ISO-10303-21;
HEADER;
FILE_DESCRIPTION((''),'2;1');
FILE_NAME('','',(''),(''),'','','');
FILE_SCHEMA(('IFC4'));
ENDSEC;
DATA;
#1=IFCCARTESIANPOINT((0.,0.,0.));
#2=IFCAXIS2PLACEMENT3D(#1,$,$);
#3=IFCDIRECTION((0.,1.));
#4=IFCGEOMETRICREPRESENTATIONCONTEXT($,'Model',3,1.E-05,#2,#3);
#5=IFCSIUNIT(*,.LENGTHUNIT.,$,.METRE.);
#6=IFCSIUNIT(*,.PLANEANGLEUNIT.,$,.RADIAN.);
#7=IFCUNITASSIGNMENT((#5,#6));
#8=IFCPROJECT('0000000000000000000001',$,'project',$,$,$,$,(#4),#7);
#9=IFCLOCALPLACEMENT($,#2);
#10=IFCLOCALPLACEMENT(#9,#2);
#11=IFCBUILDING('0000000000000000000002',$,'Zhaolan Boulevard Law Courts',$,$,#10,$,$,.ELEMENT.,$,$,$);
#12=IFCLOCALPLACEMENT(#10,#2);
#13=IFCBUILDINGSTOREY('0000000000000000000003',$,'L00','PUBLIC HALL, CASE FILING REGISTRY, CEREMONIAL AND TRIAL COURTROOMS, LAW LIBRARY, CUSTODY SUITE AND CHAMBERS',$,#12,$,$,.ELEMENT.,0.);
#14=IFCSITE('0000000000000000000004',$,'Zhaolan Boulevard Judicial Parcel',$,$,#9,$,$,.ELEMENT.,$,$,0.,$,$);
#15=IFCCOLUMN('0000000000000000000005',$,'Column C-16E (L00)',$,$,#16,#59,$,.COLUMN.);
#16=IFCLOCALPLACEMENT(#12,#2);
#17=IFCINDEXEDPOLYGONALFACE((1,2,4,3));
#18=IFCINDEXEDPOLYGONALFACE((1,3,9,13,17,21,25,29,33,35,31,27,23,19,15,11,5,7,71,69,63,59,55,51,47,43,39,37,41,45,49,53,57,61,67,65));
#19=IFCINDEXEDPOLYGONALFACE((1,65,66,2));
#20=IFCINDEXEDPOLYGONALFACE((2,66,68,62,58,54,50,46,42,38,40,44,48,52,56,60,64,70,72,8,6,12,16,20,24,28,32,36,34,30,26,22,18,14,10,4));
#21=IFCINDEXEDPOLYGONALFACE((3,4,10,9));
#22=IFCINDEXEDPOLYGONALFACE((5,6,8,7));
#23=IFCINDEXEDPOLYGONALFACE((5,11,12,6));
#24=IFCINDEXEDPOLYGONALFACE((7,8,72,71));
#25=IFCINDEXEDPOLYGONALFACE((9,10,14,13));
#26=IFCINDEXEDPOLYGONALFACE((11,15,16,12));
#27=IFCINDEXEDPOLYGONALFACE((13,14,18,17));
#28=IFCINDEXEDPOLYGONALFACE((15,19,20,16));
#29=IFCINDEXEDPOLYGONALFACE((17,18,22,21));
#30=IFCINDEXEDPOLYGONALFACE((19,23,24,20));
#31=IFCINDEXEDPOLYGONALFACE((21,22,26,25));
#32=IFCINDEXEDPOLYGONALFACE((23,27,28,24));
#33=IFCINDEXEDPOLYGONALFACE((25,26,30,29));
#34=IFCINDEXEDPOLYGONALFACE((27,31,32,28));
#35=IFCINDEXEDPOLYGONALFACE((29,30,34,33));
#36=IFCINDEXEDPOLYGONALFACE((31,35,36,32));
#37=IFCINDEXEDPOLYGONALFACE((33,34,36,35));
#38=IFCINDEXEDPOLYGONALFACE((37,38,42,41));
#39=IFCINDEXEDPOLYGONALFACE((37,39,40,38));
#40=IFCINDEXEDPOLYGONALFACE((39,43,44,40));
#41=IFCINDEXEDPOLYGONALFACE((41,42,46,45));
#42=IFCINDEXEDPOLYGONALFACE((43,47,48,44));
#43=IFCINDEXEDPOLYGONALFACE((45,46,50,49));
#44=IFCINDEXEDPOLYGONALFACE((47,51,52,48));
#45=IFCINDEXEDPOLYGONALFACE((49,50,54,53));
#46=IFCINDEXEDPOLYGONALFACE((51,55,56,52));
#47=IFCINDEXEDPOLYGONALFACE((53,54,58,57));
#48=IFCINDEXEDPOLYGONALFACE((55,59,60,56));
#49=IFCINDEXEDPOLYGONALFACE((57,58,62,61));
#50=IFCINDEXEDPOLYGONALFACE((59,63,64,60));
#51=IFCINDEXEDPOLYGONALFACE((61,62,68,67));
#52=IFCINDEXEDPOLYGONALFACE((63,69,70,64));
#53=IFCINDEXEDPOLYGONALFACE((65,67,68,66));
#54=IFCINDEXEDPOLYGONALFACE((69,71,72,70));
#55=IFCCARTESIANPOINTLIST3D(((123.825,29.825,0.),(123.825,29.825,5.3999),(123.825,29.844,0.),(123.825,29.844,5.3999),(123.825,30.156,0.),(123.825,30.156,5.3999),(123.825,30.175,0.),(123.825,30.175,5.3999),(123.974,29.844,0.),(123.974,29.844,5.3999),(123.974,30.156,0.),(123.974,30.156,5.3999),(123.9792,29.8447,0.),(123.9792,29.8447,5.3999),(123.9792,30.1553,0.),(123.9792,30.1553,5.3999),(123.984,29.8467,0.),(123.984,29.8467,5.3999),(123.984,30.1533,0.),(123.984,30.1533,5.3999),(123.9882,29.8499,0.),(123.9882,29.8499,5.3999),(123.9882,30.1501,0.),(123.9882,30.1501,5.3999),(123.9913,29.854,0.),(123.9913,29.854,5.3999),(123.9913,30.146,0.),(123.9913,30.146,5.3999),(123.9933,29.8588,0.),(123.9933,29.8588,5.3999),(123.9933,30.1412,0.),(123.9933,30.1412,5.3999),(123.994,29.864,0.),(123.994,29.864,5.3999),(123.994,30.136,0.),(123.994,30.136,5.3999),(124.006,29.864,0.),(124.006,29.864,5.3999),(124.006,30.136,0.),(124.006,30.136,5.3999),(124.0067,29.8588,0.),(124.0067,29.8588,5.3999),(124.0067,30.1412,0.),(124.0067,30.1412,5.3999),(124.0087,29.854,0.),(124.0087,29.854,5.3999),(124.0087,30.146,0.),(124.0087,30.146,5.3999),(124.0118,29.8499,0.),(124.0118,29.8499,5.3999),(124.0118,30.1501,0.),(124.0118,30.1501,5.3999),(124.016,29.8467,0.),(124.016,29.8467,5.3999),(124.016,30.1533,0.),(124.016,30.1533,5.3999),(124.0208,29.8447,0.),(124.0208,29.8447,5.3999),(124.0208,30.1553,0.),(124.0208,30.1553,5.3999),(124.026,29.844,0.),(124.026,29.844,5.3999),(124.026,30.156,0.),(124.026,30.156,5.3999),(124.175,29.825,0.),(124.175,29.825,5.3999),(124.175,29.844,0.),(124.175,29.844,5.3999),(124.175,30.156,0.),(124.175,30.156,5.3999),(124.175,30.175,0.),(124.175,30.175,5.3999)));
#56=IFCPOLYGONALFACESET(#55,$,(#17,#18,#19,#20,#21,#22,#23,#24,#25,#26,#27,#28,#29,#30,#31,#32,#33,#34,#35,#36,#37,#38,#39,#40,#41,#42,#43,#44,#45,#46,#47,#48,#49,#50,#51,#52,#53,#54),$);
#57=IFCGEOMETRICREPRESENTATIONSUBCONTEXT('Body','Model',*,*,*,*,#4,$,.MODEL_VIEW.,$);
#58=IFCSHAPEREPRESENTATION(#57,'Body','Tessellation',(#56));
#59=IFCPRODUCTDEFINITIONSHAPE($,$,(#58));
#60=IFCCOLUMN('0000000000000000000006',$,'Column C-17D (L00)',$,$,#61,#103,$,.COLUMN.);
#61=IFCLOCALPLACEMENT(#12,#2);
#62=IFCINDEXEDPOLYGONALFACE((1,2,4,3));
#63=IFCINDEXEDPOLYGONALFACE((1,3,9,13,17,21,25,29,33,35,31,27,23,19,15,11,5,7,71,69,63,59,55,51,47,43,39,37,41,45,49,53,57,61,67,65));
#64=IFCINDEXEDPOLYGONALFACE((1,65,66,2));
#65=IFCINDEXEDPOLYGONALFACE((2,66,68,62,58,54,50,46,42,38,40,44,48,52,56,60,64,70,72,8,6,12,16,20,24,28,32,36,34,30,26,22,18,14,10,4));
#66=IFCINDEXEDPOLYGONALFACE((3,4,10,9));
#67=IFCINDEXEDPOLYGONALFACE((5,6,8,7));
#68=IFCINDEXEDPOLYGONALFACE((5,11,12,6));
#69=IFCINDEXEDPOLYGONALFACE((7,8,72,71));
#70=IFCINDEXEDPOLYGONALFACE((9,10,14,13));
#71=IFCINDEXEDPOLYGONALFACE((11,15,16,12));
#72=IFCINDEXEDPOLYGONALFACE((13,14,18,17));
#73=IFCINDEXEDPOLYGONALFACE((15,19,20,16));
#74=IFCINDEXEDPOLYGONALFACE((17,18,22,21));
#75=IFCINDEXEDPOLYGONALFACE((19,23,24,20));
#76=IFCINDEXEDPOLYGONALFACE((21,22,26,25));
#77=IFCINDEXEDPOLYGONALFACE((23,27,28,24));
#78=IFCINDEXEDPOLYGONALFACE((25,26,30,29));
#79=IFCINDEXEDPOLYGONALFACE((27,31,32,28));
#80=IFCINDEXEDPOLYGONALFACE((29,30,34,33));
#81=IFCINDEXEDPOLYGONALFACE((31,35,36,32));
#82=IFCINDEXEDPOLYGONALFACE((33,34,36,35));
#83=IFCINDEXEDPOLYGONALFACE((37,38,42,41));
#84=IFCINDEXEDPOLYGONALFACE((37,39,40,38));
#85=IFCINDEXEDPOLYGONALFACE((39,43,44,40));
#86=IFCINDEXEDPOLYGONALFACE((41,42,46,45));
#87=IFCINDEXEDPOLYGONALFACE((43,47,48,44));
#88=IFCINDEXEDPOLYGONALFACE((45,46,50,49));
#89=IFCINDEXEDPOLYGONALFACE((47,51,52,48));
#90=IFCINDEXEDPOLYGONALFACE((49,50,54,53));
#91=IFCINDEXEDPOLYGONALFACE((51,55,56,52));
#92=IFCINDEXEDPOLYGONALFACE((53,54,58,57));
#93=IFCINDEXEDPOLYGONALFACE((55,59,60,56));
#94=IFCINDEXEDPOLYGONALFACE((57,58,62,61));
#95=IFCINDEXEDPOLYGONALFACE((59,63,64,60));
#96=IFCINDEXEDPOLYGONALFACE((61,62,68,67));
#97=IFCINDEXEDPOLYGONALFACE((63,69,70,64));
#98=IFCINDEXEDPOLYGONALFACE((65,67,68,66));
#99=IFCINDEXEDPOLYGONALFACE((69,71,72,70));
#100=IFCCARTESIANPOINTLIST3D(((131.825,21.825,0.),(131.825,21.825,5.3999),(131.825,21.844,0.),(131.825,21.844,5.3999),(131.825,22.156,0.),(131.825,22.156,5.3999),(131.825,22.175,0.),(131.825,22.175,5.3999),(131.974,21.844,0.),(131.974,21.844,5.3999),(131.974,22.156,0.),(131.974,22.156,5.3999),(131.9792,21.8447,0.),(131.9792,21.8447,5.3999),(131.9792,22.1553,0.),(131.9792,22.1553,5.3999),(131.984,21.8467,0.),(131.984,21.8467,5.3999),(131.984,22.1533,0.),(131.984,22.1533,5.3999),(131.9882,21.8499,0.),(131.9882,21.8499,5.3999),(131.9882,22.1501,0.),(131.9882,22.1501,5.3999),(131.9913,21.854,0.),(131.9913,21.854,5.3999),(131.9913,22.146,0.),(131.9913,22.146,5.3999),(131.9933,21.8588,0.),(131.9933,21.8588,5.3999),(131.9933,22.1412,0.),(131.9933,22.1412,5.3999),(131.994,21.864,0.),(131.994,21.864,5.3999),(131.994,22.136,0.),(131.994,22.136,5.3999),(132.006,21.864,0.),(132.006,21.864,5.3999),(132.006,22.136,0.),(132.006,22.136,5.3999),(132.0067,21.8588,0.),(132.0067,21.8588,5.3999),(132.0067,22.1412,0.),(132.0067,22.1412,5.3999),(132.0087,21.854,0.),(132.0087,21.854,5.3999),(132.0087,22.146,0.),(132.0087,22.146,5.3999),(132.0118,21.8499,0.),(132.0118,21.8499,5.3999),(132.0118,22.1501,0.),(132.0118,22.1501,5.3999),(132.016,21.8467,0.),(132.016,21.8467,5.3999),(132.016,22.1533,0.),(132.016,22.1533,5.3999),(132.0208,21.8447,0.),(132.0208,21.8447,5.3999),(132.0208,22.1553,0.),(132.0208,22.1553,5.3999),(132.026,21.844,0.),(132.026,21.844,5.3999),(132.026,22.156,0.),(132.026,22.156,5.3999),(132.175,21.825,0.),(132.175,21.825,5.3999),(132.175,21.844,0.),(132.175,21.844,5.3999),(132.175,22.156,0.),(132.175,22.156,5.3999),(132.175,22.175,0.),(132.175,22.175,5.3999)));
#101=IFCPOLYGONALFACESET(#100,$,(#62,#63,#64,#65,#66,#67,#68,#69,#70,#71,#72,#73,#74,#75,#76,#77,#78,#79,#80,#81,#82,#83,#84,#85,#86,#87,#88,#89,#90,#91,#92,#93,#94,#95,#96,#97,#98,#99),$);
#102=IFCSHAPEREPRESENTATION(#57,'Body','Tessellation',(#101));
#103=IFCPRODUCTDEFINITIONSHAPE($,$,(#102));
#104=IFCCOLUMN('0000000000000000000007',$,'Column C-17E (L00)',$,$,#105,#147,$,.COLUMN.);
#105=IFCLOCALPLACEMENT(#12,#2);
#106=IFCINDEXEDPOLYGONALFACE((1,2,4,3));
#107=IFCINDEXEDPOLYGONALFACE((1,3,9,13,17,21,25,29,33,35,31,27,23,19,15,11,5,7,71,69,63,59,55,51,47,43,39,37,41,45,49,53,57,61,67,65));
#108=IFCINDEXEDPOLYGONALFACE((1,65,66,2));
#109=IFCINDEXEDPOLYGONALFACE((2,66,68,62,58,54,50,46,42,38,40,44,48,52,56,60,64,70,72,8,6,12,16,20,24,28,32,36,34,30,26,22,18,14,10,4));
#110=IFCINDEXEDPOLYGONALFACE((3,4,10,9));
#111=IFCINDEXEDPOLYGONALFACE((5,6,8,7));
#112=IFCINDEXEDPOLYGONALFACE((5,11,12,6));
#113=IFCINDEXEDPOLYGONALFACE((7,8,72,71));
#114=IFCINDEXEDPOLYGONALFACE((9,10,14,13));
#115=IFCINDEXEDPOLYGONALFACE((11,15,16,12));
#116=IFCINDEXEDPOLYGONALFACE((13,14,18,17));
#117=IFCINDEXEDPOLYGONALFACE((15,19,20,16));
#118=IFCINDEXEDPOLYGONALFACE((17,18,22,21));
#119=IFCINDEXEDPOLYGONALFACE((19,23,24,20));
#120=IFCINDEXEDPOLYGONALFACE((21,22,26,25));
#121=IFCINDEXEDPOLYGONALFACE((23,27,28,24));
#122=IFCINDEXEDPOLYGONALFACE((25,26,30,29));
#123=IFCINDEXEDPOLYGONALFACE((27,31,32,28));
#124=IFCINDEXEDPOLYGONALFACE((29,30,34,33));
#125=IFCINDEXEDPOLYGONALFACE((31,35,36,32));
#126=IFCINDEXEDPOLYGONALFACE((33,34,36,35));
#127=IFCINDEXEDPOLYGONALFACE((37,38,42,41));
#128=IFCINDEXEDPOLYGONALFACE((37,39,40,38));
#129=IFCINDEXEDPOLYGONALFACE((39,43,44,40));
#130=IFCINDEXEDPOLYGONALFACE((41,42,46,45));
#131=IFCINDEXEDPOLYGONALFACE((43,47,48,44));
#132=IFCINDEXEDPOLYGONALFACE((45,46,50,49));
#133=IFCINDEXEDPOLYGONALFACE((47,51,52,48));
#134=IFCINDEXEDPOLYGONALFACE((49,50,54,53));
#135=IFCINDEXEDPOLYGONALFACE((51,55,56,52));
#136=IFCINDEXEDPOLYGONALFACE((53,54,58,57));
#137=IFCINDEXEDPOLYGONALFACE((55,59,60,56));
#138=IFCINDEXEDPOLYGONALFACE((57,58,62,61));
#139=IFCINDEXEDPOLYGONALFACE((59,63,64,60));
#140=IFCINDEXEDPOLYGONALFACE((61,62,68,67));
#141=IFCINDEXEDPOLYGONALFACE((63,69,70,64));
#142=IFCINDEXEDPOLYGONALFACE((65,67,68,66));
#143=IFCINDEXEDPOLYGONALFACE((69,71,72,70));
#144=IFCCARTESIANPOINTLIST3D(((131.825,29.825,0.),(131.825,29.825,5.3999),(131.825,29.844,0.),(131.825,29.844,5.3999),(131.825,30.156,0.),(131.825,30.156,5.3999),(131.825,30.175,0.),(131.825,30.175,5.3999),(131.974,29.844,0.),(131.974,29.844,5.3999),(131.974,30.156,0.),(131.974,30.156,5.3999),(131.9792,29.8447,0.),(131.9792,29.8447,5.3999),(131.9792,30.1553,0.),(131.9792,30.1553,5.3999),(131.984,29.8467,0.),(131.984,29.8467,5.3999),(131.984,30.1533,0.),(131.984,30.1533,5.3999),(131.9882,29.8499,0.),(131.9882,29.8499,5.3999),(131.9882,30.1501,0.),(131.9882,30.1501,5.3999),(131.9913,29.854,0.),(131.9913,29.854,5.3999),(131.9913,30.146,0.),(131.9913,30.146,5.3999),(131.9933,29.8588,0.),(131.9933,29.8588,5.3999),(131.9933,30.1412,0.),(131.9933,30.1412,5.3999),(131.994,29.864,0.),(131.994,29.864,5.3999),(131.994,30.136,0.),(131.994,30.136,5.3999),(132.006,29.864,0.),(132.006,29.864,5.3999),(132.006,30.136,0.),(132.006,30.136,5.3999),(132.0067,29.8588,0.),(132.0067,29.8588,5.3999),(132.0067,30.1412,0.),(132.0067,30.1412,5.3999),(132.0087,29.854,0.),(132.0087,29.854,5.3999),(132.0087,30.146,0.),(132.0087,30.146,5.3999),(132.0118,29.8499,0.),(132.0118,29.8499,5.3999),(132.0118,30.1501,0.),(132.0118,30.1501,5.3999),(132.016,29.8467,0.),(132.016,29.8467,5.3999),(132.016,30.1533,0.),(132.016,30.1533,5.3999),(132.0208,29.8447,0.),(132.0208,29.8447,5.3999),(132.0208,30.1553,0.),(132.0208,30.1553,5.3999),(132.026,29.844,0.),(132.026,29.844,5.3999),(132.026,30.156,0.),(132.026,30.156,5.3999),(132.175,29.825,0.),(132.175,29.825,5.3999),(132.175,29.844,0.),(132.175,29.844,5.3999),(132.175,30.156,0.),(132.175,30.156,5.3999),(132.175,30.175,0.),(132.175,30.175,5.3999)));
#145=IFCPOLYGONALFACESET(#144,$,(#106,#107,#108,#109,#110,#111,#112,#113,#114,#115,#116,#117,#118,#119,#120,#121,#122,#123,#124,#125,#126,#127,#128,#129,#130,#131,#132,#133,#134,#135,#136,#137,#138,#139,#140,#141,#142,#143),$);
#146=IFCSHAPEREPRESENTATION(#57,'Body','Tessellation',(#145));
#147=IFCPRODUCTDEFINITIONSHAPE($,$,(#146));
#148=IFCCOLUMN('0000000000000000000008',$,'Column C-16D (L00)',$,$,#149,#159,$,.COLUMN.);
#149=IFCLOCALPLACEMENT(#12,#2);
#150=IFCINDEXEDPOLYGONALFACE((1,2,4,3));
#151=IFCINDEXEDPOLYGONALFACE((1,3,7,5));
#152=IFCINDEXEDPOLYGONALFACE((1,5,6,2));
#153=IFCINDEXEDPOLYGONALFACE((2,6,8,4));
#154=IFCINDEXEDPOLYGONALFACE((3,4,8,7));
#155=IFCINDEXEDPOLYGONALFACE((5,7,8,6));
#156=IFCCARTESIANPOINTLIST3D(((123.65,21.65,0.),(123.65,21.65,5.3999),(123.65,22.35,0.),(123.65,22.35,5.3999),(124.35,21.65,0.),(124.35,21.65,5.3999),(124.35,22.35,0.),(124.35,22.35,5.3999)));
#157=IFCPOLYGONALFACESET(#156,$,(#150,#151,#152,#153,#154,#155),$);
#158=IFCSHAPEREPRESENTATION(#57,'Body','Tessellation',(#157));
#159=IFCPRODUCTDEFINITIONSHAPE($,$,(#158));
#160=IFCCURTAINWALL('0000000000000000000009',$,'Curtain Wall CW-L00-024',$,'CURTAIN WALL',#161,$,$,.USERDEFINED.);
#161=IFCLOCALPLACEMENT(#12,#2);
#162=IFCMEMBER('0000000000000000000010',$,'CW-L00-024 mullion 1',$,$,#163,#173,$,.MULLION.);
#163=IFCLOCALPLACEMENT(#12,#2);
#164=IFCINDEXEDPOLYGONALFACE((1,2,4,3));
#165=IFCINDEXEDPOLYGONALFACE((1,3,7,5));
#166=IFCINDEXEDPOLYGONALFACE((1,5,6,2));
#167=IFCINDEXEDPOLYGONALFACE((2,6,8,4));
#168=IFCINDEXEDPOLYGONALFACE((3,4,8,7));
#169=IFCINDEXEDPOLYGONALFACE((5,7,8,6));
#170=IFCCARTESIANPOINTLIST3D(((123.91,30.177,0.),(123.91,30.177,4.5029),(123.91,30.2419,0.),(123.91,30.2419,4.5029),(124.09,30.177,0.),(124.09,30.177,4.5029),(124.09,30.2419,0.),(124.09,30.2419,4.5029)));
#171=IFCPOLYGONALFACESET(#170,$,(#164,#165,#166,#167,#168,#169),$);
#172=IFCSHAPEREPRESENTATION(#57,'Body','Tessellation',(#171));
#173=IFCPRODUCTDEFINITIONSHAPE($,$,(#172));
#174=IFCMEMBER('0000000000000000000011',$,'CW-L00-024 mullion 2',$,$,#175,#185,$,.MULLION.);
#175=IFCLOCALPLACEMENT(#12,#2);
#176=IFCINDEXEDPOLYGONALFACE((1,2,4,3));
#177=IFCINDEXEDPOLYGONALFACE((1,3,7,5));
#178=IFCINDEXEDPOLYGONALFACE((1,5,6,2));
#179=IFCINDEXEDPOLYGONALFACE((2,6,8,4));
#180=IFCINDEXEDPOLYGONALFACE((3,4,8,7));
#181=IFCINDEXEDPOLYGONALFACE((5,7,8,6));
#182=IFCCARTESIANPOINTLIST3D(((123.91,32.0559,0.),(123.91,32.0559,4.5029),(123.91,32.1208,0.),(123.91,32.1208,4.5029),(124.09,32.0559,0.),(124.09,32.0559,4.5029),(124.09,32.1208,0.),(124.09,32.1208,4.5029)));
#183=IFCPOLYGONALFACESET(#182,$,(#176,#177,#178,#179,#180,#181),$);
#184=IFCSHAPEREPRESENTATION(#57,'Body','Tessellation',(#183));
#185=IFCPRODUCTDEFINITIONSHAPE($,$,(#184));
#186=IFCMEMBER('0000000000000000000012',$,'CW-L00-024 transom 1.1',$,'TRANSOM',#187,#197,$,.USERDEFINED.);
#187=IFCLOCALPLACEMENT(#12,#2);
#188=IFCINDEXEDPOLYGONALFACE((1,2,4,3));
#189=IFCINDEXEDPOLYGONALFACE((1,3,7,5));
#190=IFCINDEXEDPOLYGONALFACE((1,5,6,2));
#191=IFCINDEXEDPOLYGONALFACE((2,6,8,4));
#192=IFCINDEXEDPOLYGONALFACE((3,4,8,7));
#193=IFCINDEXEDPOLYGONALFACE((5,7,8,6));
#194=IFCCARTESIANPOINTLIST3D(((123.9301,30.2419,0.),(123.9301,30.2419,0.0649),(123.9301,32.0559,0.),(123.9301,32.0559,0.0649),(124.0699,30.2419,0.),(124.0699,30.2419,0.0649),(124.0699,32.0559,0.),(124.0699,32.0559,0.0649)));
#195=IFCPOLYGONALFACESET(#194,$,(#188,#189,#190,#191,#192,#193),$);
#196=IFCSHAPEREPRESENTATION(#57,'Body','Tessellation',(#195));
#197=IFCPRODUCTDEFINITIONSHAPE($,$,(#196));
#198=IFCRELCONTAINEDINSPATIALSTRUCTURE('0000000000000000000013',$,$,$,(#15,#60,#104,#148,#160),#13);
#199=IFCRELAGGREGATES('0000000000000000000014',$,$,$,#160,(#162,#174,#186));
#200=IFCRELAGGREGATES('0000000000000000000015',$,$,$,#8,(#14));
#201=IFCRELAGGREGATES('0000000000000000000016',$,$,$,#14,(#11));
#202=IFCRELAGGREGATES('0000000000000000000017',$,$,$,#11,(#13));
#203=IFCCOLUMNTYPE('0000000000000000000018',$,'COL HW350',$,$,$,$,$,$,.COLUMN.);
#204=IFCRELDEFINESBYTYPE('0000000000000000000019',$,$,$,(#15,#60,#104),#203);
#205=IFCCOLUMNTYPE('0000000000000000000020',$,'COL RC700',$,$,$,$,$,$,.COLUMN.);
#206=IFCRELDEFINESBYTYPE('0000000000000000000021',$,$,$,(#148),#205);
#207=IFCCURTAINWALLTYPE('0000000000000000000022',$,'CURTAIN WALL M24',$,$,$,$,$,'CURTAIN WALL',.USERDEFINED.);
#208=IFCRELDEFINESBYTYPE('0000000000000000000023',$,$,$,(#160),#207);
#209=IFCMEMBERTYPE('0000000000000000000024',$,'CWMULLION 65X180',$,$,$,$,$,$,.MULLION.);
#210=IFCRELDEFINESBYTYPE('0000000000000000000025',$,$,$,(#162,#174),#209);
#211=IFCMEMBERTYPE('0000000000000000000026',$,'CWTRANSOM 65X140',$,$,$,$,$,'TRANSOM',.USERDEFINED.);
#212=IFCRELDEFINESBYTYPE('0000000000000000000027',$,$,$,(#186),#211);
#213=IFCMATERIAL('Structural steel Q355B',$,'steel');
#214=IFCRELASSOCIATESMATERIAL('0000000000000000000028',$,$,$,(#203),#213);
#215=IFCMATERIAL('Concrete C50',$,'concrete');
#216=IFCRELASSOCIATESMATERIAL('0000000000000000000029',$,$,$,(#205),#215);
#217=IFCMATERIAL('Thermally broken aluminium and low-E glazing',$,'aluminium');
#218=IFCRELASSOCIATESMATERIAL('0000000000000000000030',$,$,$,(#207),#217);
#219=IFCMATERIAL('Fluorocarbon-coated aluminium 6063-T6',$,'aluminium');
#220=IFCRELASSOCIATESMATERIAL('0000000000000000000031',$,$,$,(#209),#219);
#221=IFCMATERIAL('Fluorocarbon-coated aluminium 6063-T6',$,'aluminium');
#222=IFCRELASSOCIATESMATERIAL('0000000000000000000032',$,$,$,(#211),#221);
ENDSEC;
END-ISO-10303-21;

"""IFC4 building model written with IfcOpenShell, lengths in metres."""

from ifc_helpers import new_model, si_unit, direction, frame, origin, origin_2d, place, context, subcontext, project, spatial, rectangle, i_section, extrude, material, material_profile, profile_set, type_object, element, aggregate, save


model = new_model("IFC4")

# Units and contexts
model_context = context("Model", 3, precision=1e-05, world=origin(), true_north=direction((0.0, 1.0)))
body_context = subcontext(model_context, "Body", "Model", "MODEL_VIEW")
ifc_project = project(units=[si_unit("LENGTHUNIT", "METRE"), si_unit("PLANEANGLEUNIT", "RADIAN")], contexts=[model_context])

# Site, building, storey
site_placement = place(None, origin())
site = spatial("IfcSite", under=ifc_project, at=site_placement, Name="Zhaolan Boulevard Judicial Parcel", CompositionType="ELEMENT", RefElevation=0.0)
building_placement = place(site_placement, origin())
building = spatial("IfcBuilding", under=site, at=building_placement, Name="Zhaolan Boulevard Law Courts", CompositionType="ELEMENT")
storey_placement = place(building_placement, origin())
storey = spatial("IfcBuildingStorey", under=building, at=storey_placement, Name="L00", Description="PUBLIC HALL, CASE FILING REGISTRY, CEREMONIAL AND TRIAL COURTROOMS, LAW LIBRARY, CUSTODY SUITE AND CHAMBERS", CompositionType="ELEMENT", Elevation=0.0)

# Columns
ifc_material_1 = material(Name="Structural steel Q355B", Category="steel")
ifc_material_profile_1 = material_profile(ifc_material_1, i_section(OverallWidth=0.3501, OverallDepth=0.3501, WebThickness=0.012, FlangeThickness=0.019, FilletRadius=0.02, at=origin_2d()), Name="HW350x350")
ifc_profile_set_1 = profile_set([ifc_material_profile_1], Name="Structural steel Q355B")
column_type_1 = type_object("IfcColumnType", Name="COL HW350", PredefinedType="COLUMN", material=ifc_profile_set_1)
for number, where, z_axis, x_axis, name in (
    (1, (124.0, 30.0, 0.0), (0.0, 0.0, 1.0), (1.0, 0.0, 0.0), "Column C-16E (L00)"),
    (2, (132.0, 22.0, 0.0), (0.0, 0.0, 1.0), (1.0, 0.0, 0.0), "Column C-17D (L00)"),
    (3, (132.0, 30.0, 0.0), (0.0, 0.0, 1.0), (1.0, 0.0, 0.0), "Column C-17E (L00)"),
):
    element("IfcColumn", number, at=place(storey_placement, frame(where, z_axis=z_axis, x_axis=x_axis)), inside=storey, type_object=column_type_1, Name=name, PredefinedType="COLUMN", context=body_context, shape_type="SweptSolid", body=[
        extrude(i_section(OverallWidth=0.3501, OverallDepth=0.3501, WebThickness=0.012, FlangeThickness=0.019, FilletRadius=0.02, at=origin_2d()), origin(), (0.0, 0.0, 1.0), 5.3999),
    ])
ifc_material_2 = material(Name="Concrete C50", Category="concrete")
ifc_material_profile_2 = material_profile(ifc_material_2, rectangle(XDim=0.7, YDim=0.7, at=origin_2d()), Name="RC700x700")
ifc_profile_set_2 = profile_set([ifc_material_profile_2], Name="Concrete C50")
column_type_2 = type_object("IfcColumnType", Name="COL RC700", PredefinedType="COLUMN", material=ifc_profile_set_2)
column_placement = place(storey_placement, frame((124.0, 22.0, 0.0), z_axis=(0.0, 0.0, 1.0), x_axis=(1.0, 0.0, 0.0)))
element("IfcColumn", 4, at=column_placement, inside=storey, type_object=column_type_2, Name="Column C-16D (L00)", PredefinedType="COLUMN", context=body_context, shape_type="SweptSolid", body=[
    extrude(rectangle(XDim=0.7, YDim=0.7, at=origin_2d()), origin(), (0.0, 0.0, 1.0), 5.3999),
])

# Curtain wall, members
ifc_material_3 = material(Name="Thermally broken aluminium and low-E glazing", Category="aluminium")
curtain_wall_type = type_object("IfcCurtainWallType", Name="CURTAIN WALL M24", ElementType="CURTAIN WALL", PredefinedType="USERDEFINED", material=ifc_material_3)
curtain_wall_placement = place(storey_placement, origin())
curtain_wall = element("IfcCurtainWall", 5, at=curtain_wall_placement, inside=storey, type_object=curtain_wall_type, Name="Curtain Wall CW-L00-024", ObjectType="CURTAIN WALL", PredefinedType="USERDEFINED")
ifc_material_4 = material(Name="Fluorocarbon-coated aluminium 6063-T6", Category="aluminium")
ifc_material_profile_3 = material_profile(ifc_material_4, rectangle(XDim=0.1799, YDim=0.0649, at=origin_2d()), Name="AL65x180")
ifc_profile_set_3 = profile_set([ifc_material_profile_3], Name="Fluorocarbon-coated aluminium 6063-T6")
member_type_1 = type_object("IfcMemberType", Name="CWMULLION 65X180", PredefinedType="MULLION", material=ifc_profile_set_3)
member_1_placement = place(storey_placement, frame((124.0, 30.2095, 0.0), z_axis=(0.0, 0.0, 1.0), x_axis=(-1.0, 0.0, 0.0)))
member_1 = element("IfcMember", 6, at=member_1_placement, type_object=member_type_1, Name="CW-L00-024 mullion 1", PredefinedType="MULLION", context=body_context, shape_type="SweptSolid", body=[
    extrude(rectangle(XDim=0.1799, YDim=0.0649, at=origin_2d()), origin(), (0.0, 0.0, 1.0), 4.5029),
])
member_2_placement = place(storey_placement, frame((124.0, 32.0884, 0.0), z_axis=(0.0, 0.0, 1.0), x_axis=(-1.0, 0.0, 0.0)))
member_2 = element("IfcMember", 7, at=member_2_placement, type_object=member_type_1, Name="CW-L00-024 mullion 2", PredefinedType="MULLION", context=body_context, shape_type="SweptSolid", body=[
    extrude(rectangle(XDim=0.1799, YDim=0.0649, at=origin_2d()), origin(), (0.0, 0.0, 1.0), 4.5029),
])
ifc_material_5 = material(Name="Fluorocarbon-coated aluminium 6063-T6", Category="aluminium")
ifc_material_profile_4 = material_profile(ifc_material_5, rectangle(XDim=0.1399, YDim=0.0649, at=origin_2d()), Name="AL65x140")
ifc_profile_set_4 = profile_set([ifc_material_profile_4], Name="Fluorocarbon-coated aluminium 6063-T6")
member_type_2 = type_object("IfcMemberType", Name="CWTRANSOM 65X140", ElementType="TRANSOM", PredefinedType="USERDEFINED", material=ifc_profile_set_4)
member_3_placement = place(storey_placement, frame((124.0, 30.2419, 0.0325), z_axis=(0.0, 1.0, 0.0), x_axis=(-1.0, 0.0, 0.0)))
member_3 = element("IfcMember", 8, at=member_3_placement, type_object=member_type_2, Name="CW-L00-024 transom 1.1", ObjectType="TRANSOM", PredefinedType="USERDEFINED", context=body_context, shape_type="SweptSolid", body=[
    extrude(rectangle(XDim=0.1399, YDim=0.0649, at=origin_2d()), origin(), (0.0, 0.0, 1.0), 1.814),
])

aggregate(curtain_wall, [member_1, member_2, member_3])

save(model, "model.ifc")
